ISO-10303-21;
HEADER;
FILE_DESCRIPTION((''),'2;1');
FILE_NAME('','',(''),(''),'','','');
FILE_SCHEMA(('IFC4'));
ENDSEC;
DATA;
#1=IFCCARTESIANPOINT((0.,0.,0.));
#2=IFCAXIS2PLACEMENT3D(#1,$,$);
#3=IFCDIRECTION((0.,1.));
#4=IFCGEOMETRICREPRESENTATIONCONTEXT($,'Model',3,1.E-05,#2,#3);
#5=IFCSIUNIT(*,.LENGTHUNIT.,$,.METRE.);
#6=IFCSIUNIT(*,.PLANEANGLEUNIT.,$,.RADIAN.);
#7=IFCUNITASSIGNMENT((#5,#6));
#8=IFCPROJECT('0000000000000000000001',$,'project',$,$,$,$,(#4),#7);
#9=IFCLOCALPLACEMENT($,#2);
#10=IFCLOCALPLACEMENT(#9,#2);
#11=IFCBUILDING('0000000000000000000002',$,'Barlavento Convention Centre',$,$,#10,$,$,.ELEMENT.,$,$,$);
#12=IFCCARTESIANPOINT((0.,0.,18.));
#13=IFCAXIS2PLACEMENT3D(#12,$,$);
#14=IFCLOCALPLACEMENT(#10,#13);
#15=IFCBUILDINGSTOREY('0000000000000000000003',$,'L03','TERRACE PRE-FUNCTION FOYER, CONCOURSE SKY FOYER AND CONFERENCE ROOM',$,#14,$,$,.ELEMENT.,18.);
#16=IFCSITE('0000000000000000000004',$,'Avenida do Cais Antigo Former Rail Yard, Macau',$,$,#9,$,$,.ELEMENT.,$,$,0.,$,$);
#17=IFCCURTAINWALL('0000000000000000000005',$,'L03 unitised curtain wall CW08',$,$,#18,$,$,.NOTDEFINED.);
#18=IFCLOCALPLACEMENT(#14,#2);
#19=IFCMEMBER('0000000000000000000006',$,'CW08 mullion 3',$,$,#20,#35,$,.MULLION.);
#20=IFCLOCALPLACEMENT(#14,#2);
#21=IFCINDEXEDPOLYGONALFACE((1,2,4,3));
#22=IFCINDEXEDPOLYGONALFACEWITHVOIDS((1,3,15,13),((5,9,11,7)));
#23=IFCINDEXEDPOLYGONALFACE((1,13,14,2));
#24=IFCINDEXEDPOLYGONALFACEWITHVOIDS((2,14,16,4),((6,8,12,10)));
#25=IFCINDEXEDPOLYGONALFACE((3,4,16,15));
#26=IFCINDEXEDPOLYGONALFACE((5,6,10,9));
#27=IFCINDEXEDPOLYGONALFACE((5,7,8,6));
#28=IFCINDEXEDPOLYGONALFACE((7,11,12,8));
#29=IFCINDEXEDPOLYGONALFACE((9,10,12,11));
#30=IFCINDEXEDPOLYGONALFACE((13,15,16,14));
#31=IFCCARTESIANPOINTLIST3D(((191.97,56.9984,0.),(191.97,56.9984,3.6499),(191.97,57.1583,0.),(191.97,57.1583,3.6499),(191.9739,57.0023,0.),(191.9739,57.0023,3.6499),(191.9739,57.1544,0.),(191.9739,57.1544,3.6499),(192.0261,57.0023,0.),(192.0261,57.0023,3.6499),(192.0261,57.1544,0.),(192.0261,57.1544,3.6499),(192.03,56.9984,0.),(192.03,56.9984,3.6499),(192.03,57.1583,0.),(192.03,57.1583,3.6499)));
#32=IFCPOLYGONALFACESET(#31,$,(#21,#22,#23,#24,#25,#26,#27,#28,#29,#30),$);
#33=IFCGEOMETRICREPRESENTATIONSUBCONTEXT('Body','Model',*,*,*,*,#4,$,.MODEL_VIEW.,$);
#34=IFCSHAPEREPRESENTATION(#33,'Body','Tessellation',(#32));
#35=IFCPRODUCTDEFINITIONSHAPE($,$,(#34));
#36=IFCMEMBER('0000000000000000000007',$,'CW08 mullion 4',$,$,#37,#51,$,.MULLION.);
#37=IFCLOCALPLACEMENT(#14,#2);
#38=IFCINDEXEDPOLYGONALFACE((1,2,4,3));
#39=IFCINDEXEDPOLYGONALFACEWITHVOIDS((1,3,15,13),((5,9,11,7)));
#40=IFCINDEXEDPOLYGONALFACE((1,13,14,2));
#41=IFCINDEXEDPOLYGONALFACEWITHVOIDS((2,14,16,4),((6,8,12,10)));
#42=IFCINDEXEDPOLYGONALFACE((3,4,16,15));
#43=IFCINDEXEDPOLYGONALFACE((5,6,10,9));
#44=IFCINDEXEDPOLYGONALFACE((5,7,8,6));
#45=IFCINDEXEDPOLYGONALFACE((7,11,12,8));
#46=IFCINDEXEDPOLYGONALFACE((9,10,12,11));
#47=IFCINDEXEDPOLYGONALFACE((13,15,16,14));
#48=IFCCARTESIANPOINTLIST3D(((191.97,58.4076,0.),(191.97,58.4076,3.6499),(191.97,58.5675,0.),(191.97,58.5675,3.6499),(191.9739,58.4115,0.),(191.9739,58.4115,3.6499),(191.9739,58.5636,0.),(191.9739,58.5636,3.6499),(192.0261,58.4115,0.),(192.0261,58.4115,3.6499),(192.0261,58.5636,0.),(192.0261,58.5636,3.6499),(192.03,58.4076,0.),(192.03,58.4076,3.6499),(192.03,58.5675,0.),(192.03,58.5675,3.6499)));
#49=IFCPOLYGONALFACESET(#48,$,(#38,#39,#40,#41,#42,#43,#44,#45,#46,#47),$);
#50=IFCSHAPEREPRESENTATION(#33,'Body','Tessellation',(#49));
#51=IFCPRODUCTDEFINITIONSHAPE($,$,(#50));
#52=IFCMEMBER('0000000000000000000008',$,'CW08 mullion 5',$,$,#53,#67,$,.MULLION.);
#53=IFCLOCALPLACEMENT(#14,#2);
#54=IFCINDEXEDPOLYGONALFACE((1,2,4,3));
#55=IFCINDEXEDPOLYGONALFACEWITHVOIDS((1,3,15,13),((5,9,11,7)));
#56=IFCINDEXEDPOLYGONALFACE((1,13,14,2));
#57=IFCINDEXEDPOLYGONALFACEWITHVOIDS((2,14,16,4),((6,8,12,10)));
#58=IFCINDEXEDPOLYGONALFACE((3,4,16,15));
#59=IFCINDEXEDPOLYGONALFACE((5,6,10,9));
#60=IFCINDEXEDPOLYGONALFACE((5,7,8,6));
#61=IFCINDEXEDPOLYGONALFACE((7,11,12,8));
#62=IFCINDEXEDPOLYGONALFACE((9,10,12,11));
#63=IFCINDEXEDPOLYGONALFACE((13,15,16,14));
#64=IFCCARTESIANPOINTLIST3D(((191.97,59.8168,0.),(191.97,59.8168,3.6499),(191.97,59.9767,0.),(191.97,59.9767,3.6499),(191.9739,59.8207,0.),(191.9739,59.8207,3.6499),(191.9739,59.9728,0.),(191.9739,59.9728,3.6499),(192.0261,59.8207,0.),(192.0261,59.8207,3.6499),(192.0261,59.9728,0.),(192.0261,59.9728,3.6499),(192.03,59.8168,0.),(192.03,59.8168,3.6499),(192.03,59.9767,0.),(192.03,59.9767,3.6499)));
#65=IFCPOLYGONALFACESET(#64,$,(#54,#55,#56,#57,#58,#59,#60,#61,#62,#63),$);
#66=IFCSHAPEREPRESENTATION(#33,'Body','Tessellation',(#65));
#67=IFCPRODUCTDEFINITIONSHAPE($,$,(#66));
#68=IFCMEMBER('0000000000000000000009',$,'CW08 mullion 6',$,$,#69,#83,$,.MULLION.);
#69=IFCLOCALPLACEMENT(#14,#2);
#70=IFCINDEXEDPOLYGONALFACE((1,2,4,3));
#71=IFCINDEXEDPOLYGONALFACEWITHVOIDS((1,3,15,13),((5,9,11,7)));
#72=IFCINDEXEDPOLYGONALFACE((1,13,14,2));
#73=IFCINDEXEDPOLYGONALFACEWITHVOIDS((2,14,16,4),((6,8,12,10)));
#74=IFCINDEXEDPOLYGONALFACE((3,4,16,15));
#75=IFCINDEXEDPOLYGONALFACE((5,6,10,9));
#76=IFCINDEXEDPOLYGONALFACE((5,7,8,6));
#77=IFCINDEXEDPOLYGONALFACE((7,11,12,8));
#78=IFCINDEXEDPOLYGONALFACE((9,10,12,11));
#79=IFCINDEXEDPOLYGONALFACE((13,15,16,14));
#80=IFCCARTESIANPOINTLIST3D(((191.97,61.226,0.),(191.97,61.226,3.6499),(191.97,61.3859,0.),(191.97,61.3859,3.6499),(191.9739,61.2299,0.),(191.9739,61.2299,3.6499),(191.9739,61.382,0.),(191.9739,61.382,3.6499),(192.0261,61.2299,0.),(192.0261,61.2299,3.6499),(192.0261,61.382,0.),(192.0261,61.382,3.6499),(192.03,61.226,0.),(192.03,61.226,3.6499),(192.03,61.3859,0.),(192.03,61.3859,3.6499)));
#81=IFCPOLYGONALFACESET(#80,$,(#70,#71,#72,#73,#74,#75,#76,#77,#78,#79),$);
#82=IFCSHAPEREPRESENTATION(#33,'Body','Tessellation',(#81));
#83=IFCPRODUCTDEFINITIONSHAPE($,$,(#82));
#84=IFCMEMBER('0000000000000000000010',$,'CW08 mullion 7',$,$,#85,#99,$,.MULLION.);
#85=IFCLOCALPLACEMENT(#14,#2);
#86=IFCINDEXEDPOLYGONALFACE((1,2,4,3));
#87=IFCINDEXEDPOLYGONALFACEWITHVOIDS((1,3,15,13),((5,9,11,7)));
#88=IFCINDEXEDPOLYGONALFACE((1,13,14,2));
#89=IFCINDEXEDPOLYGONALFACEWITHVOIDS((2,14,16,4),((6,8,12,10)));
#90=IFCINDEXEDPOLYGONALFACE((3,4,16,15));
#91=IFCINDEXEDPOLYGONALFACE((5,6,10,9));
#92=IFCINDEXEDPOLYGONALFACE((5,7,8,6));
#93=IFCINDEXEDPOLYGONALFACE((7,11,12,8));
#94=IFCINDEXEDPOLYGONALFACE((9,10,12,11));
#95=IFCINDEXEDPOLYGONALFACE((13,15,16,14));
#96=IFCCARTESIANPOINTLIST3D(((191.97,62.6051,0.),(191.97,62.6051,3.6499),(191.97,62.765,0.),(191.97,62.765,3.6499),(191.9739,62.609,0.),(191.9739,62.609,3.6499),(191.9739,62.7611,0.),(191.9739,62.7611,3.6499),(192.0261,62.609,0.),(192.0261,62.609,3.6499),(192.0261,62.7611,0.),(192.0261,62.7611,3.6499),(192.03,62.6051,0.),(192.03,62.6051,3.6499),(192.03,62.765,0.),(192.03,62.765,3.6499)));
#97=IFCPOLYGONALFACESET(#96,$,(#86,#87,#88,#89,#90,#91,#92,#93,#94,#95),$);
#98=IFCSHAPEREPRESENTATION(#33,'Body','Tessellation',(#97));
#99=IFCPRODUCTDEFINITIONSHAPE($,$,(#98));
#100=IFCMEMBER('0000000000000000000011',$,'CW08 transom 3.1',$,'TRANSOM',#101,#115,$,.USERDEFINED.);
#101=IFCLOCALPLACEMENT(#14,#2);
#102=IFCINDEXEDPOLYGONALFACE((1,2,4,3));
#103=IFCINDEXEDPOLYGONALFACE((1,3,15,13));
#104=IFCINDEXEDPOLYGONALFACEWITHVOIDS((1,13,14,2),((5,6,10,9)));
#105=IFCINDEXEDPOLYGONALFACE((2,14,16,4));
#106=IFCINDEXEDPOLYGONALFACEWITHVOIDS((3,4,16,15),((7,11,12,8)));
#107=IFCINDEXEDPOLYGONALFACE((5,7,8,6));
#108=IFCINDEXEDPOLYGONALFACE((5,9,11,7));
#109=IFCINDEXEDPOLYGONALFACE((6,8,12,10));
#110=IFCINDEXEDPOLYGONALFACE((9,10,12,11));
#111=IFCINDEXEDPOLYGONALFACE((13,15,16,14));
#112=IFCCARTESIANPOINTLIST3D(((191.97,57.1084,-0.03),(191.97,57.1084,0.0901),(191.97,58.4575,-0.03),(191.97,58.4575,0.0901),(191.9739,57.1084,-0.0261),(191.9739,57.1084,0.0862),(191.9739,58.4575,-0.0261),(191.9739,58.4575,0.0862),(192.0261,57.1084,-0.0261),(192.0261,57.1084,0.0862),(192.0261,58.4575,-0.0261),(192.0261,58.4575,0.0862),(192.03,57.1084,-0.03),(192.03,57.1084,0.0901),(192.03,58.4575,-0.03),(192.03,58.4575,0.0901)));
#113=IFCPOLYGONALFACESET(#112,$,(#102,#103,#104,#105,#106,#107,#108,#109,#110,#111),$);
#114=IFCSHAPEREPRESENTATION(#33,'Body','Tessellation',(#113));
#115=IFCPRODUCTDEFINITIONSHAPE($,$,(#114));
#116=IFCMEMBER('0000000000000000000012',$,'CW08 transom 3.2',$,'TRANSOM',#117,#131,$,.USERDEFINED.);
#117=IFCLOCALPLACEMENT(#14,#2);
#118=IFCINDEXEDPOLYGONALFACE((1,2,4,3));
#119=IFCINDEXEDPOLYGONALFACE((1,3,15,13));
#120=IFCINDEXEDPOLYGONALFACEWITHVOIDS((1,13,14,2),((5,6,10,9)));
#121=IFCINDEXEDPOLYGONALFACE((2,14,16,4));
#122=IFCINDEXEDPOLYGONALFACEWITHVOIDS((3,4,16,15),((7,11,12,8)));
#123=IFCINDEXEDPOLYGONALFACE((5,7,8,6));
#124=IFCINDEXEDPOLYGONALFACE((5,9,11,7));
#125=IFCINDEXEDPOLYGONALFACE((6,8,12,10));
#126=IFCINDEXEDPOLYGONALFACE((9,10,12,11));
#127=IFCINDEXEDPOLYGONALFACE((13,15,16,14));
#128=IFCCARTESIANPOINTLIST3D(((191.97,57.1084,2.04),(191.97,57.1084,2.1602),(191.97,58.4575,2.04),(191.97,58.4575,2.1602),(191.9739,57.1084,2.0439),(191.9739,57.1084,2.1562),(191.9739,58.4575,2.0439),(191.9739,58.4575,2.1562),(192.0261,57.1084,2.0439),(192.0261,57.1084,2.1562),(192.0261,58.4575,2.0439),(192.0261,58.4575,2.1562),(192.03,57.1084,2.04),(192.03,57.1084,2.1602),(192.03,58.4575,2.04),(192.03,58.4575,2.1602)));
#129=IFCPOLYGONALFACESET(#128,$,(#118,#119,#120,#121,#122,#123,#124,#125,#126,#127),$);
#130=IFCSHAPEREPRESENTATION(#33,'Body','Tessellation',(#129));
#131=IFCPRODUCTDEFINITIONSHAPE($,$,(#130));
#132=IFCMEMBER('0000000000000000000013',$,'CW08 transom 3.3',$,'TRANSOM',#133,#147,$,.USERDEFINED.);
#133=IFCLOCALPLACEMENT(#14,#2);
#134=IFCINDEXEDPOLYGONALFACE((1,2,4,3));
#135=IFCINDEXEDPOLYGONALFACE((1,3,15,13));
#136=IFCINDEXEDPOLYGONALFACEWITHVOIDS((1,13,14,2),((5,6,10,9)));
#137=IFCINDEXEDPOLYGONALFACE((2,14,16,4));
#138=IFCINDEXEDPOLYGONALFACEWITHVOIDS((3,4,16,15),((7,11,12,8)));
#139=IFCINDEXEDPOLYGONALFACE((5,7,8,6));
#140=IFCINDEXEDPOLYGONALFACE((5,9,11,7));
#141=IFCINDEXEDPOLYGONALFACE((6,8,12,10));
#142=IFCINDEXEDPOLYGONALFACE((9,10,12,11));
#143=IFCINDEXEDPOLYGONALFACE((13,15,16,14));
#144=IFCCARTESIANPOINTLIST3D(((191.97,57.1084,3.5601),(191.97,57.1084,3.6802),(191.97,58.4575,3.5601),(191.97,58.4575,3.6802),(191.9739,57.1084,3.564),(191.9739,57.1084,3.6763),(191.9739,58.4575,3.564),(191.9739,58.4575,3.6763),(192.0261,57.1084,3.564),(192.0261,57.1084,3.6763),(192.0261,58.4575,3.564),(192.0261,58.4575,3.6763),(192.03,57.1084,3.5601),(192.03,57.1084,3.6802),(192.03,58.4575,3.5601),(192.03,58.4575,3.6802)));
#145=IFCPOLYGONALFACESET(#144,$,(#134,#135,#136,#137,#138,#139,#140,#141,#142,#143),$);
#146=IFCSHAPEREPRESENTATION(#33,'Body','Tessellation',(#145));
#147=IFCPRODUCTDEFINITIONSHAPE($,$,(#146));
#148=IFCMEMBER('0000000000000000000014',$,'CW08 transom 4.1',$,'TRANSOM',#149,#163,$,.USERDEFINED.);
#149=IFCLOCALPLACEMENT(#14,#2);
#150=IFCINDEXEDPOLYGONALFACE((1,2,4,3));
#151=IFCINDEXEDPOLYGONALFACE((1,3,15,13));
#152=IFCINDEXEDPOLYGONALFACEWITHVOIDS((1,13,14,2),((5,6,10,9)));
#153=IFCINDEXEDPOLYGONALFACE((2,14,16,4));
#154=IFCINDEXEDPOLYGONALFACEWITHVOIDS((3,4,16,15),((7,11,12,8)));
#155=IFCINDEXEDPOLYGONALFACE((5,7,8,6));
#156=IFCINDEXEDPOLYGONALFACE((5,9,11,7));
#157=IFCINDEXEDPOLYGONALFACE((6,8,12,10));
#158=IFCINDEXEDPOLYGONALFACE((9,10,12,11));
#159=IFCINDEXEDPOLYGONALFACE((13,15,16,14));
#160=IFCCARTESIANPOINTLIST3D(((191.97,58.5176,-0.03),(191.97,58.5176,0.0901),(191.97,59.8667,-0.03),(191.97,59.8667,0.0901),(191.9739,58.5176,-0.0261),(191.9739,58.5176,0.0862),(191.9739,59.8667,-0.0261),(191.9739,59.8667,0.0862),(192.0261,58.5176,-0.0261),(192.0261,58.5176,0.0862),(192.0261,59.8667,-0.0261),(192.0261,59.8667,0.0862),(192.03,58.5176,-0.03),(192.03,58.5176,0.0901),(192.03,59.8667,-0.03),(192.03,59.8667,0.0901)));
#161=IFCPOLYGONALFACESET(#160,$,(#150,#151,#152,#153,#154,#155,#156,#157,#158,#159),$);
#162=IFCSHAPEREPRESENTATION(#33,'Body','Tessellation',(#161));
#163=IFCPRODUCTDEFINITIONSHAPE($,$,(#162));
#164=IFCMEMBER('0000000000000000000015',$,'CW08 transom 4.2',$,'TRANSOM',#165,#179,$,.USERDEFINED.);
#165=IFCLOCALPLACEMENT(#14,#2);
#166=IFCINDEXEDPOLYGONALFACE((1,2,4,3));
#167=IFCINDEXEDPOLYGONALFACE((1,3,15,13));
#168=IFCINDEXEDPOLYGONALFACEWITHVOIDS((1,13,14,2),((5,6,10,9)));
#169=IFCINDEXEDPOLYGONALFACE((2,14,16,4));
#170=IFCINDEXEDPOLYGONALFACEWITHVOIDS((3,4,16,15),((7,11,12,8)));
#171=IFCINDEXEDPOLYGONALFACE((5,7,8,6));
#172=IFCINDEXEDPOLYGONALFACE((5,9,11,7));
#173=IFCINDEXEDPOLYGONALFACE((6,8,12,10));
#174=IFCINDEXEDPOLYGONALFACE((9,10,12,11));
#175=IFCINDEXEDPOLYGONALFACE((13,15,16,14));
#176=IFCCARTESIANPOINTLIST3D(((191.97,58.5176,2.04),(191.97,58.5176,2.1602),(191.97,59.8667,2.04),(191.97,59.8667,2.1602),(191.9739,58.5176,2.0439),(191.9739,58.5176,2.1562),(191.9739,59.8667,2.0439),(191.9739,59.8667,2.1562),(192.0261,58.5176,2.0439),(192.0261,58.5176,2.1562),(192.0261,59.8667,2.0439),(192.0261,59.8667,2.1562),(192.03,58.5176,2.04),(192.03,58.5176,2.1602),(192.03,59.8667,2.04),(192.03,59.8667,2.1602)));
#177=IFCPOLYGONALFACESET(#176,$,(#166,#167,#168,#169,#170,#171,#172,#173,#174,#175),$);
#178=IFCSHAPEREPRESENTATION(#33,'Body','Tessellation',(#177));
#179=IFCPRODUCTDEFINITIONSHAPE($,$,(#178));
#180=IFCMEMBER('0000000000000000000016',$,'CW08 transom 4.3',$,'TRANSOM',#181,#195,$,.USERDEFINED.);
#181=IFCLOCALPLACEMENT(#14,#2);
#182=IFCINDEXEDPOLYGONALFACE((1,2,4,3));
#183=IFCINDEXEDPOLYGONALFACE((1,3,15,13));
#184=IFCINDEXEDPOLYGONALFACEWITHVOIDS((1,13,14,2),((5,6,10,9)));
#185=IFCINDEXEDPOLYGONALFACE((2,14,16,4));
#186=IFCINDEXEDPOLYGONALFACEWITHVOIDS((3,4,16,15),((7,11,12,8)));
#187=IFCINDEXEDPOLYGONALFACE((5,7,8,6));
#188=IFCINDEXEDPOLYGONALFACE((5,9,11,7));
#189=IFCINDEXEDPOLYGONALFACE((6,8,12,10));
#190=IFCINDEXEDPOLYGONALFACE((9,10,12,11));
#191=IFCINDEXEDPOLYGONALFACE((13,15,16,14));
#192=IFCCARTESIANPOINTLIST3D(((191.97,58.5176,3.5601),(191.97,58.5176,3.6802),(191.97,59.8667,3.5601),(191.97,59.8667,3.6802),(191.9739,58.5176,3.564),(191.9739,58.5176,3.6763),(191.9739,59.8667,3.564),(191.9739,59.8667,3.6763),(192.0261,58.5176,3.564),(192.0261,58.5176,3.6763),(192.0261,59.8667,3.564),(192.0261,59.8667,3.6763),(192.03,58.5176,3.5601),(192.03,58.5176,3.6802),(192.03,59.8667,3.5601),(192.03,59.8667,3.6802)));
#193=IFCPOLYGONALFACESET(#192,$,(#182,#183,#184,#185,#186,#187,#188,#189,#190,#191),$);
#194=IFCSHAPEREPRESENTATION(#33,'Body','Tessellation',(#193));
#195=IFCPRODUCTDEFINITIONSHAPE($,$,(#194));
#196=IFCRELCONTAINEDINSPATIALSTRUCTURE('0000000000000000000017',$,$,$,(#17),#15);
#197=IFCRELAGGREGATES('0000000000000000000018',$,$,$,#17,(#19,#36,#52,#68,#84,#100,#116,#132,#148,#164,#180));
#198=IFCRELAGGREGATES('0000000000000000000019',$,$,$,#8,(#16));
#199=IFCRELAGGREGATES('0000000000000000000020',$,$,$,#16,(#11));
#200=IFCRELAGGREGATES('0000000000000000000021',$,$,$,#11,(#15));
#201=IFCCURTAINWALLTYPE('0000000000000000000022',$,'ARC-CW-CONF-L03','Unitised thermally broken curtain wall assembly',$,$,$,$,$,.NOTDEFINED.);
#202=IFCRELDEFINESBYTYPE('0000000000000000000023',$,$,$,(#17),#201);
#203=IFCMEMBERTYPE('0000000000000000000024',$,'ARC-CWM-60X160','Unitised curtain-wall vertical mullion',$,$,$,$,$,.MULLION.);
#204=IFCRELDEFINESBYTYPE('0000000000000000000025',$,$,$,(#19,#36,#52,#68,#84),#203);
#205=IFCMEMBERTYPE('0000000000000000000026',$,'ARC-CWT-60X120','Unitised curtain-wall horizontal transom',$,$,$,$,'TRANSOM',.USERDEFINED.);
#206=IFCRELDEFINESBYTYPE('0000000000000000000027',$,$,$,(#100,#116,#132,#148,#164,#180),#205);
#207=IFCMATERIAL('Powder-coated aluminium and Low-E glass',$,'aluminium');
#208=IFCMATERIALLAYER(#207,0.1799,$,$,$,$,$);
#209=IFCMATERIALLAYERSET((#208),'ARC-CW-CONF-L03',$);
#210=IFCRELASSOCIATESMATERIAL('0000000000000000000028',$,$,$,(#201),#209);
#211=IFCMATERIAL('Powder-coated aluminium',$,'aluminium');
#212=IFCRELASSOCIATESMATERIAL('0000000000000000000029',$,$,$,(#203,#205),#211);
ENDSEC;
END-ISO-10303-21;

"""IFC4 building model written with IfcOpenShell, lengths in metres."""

from ifc_helpers import new_model, si_unit, direction, frame, origin, origin_2d, place, context, subcontext, project, spatial, hollow_rectangle, extrude, material, layer, layer_set, material_profile, profile_set, type_object, element, aggregate, save


model = new_model("IFC4")

# Units and contexts
model_context = context("Model", 3, precision=1e-05, world=origin(), true_north=direction((0.0, 1.0)))
body_context = subcontext(model_context, "Body", "Model", "MODEL_VIEW")
ifc_project = project(units=[si_unit("LENGTHUNIT", "METRE"), si_unit("PLANEANGLEUNIT", "RADIAN")], contexts=[model_context])

# Site, building, storey
site_placement = place(None, origin())
site = spatial("IfcSite", under=ifc_project, at=site_placement, Name="Avenida do Cais Antigo Former Rail Yard, Macau", CompositionType="ELEMENT", RefElevation=0.0)
building_placement = place(site_placement, origin())
building = spatial("IfcBuilding", under=site, at=building_placement, Name="Barlavento Convention Centre", CompositionType="ELEMENT")
storey_placement = place(building_placement, frame((0.0, 0.0, 18.0)))
storey = spatial("IfcBuildingStorey", under=building, at=storey_placement, Name="L03", Description="TERRACE PRE-FUNCTION FOYER, CONCOURSE SKY FOYER AND CONFERENCE ROOM", CompositionType="ELEMENT", Elevation=18.0)

# Curtain wall, members
ifc_material_1 = material(Name="Powder-coated aluminium and Low-E glass", Category="aluminium")
ifc_layer_1 = layer(ifc_material_1, 0.1799)
ifc_layer_set_1 = layer_set([ifc_layer_1], Name="ARC-CW-CONF-L03")
curtain_wall_type = type_object("IfcCurtainWallType", Name="ARC-CW-CONF-L03", Description="Unitised thermally broken curtain wall assembly", PredefinedType="NOTDEFINED", material=ifc_layer_set_1)
curtain_wall_placement = place(storey_placement, origin())
curtain_wall = element("IfcCurtainWall", 1, at=curtain_wall_placement, inside=storey, type_object=curtain_wall_type, Name="L03 unitised curtain wall CW08", PredefinedType="NOTDEFINED")
ifc_material_2 = material(Name="Powder-coated aluminium", Category="aluminium")
ifc_material_profile_1 = material_profile(ifc_material_2, hollow_rectangle(XDim=0.0601, YDim=0.1599, WallThickness=0.0039, at=origin_2d()), Name="AL-MULL 60x160x4")
ifc_profile_set_1 = profile_set([ifc_material_profile_1], Name="Powder-coated aluminium")
member_type_1 = type_object("IfcMemberType", Name="ARC-CWM-60X160", Description="Unitised curtain-wall vertical mullion", PredefinedType="MULLION", material=ifc_profile_set_1)
member_1_placement = place(storey_placement, frame((192.0, 57.0784, 0.0), z_axis=(0.0, 0.0, 1.0), x_axis=(-1.0, 0.0, 0.0)))
member_1 = element("IfcMember", 2, at=member_1_placement, type_object=member_type_1, Name="CW08 mullion 3", PredefinedType="MULLION", context=body_context, shape_type="SweptSolid", body=[
    extrude(hollow_rectangle(XDim=0.0601, YDim=0.1599, WallThickness=0.0039, at=origin_2d()), origin(), (0.0, 0.0, 1.0), 3.6499),
])
member_2_placement = place(storey_placement, frame((192.0, 58.4875, 0.0), z_axis=(0.0, 0.0, 1.0), x_axis=(-1.0, 0.0, 0.0)))
member_2 = element("IfcMember", 3, at=member_2_placement, type_object=member_type_1, Name="CW08 mullion 4", PredefinedType="MULLION", context=body_context, shape_type="SweptSolid", body=[
    extrude(hollow_rectangle(XDim=0.0601, YDim=0.1599, WallThickness=0.0039, at=origin_2d()), origin(), (0.0, 0.0, 1.0), 3.6499),
])
member_3_placement = place(storey_placement, frame((192.0, 59.8967, 0.0), z_axis=(0.0, 0.0, 1.0), x_axis=(-1.0, 0.0, 0.0)))
member_3 = element("IfcMember", 4, at=member_3_placement, type_object=member_type_1, Name="CW08 mullion 5", PredefinedType="MULLION", context=body_context, shape_type="SweptSolid", body=[
    extrude(hollow_rectangle(XDim=0.0601, YDim=0.1599, WallThickness=0.0039, at=origin_2d()), origin(), (0.0, 0.0, 1.0), 3.6499),
])
member_4_placement = place(storey_placement, frame((192.0, 61.3059, 0.0), z_axis=(0.0, 0.0, 1.0), x_axis=(-1.0, 0.0, 0.0)))
member_4 = element("IfcMember", 5, at=member_4_placement, type_object=member_type_1, Name="CW08 mullion 6", PredefinedType="MULLION", context=body_context, shape_type="SweptSolid", body=[
    extrude(hollow_rectangle(XDim=0.0601, YDim=0.1599, WallThickness=0.0039, at=origin_2d()), origin(), (0.0, 0.0, 1.0), 3.6499),
])
member_5_placement = place(storey_placement, frame((192.0, 62.6851, 0.0), z_axis=(0.0, 0.0, 1.0), x_axis=(-1.0, 0.0, 0.0)))
member_5 = element("IfcMember", 6, at=member_5_placement, type_object=member_type_1, Name="CW08 mullion 7", PredefinedType="MULLION", context=body_context, shape_type="SweptSolid", body=[
    extrude(hollow_rectangle(XDim=0.0601, YDim=0.1599, WallThickness=0.0039, at=origin_2d()), origin(), (0.0, 0.0, 1.0), 3.6499),
])
ifc_material_profile_2 = material_profile(ifc_material_2, hollow_rectangle(XDim=0.0601, YDim=0.1201, WallThickness=0.0039, at=origin_2d()), Name="AL-TRAN 60x120x4")
ifc_profile_set_2 = profile_set([ifc_material_profile_2], Name="Powder-coated aluminium")
member_type_2 = type_object("IfcMemberType", Name="ARC-CWT-60X120", Description="Unitised curtain-wall horizontal transom", ElementType="TRANSOM", PredefinedType="USERDEFINED", material=ifc_profile_set_2)
member_6_placement = place(storey_placement, frame((192.0, 57.1084, 0.03), z_axis=(0.0, 1.0, 0.0), x_axis=(-1.0, 0.0, 0.0)))
member_6 = element("IfcMember", 7, at=member_6_placement, type_object=member_type_2, Name="CW08 transom 3.1", ObjectType="TRANSOM", PredefinedType="USERDEFINED", context=body_context, shape_type="SweptSolid", body=[
    extrude(hollow_rectangle(XDim=0.0601, YDim=0.1201, WallThickness=0.0039, at=origin_2d()), origin(), (0.0, 0.0, 1.0), 1.3491),
])
member_7_placement = place(storey_placement, frame((192.0, 57.1084, 2.1001), z_axis=(0.0, 1.0, 0.0), x_axis=(-1.0, 0.0, 0.0)))
member_7 = element("IfcMember", 8, at=member_7_placement, type_object=member_type_2, Name="CW08 transom 3.2", ObjectType="TRANSOM", PredefinedType="USERDEFINED", context=body_context, shape_type="SweptSolid", body=[
    extrude(hollow_rectangle(XDim=0.0601, YDim=0.1201, WallThickness=0.0039, at=origin_2d()), origin(), (0.0, 0.0, 1.0), 1.3491),
])
member_8_placement = place(storey_placement, frame((192.0, 57.1084, 3.6201), z_axis=(0.0, 1.0, 0.0), x_axis=(-1.0, 0.0, 0.0)))
member_8 = element("IfcMember", 9, at=member_8_placement, type_object=member_type_2, Name="CW08 transom 3.3", ObjectType="TRANSOM", PredefinedType="USERDEFINED", context=body_context, shape_type="SweptSolid", body=[
    extrude(hollow_rectangle(XDim=0.0601, YDim=0.1201, WallThickness=0.0039, at=origin_2d()), origin(), (0.0, 0.0, 1.0), 1.3491),
])
member_9_placement = place(storey_placement, frame((192.0, 58.5176, 0.03), z_axis=(0.0, 1.0, 0.0), x_axis=(-1.0, 0.0, 0.0)))
member_9 = element("IfcMember", 10, at=member_9_placement, type_object=member_type_2, Name="CW08 transom 4.1", ObjectType="TRANSOM", PredefinedType="USERDEFINED", context=body_context, shape_type="SweptSolid", body=[
    extrude(hollow_rectangle(XDim=0.0601, YDim=0.1201, WallThickness=0.0039, at=origin_2d()), origin(), (0.0, 0.0, 1.0), 1.3491),
])
member_10_placement = place(storey_placement, frame((192.0, 58.5176, 2.1001), z_axis=(0.0, 1.0, 0.0), x_axis=(-1.0, 0.0, 0.0)))
member_10 = element("IfcMember", 11, at=member_10_placement, type_object=member_type_2, Name="CW08 transom 4.2", ObjectType="TRANSOM", PredefinedType="USERDEFINED", context=body_context, shape_type="SweptSolid", body=[
    extrude(hollow_rectangle(XDim=0.0601, YDim=0.1201, WallThickness=0.0039, at=origin_2d()), origin(), (0.0, 0.0, 1.0), 1.3491),
])
member_11_placement = place(storey_placement, frame((192.0, 58.5176, 3.6201), z_axis=(0.0, 1.0, 0.0), x_axis=(-1.0, 0.0, 0.0)))
member_11 = element("IfcMember", 12, at=member_11_placement, type_object=member_type_2, Name="CW08 transom 4.3", ObjectType="TRANSOM", PredefinedType="USERDEFINED", context=body_context, shape_type="SweptSolid", body=[
    extrude(hollow_rectangle(XDim=0.0601, YDim=0.1201, WallThickness=0.0039, at=origin_2d()), origin(), (0.0, 0.0, 1.0), 1.3491),
])
aggregate(curtain_wall, [member_1, member_2, member_3, member_4, member_5, member_6, member_7, member_8, member_9, member_10, member_11])

save(model, "model.ifc")
